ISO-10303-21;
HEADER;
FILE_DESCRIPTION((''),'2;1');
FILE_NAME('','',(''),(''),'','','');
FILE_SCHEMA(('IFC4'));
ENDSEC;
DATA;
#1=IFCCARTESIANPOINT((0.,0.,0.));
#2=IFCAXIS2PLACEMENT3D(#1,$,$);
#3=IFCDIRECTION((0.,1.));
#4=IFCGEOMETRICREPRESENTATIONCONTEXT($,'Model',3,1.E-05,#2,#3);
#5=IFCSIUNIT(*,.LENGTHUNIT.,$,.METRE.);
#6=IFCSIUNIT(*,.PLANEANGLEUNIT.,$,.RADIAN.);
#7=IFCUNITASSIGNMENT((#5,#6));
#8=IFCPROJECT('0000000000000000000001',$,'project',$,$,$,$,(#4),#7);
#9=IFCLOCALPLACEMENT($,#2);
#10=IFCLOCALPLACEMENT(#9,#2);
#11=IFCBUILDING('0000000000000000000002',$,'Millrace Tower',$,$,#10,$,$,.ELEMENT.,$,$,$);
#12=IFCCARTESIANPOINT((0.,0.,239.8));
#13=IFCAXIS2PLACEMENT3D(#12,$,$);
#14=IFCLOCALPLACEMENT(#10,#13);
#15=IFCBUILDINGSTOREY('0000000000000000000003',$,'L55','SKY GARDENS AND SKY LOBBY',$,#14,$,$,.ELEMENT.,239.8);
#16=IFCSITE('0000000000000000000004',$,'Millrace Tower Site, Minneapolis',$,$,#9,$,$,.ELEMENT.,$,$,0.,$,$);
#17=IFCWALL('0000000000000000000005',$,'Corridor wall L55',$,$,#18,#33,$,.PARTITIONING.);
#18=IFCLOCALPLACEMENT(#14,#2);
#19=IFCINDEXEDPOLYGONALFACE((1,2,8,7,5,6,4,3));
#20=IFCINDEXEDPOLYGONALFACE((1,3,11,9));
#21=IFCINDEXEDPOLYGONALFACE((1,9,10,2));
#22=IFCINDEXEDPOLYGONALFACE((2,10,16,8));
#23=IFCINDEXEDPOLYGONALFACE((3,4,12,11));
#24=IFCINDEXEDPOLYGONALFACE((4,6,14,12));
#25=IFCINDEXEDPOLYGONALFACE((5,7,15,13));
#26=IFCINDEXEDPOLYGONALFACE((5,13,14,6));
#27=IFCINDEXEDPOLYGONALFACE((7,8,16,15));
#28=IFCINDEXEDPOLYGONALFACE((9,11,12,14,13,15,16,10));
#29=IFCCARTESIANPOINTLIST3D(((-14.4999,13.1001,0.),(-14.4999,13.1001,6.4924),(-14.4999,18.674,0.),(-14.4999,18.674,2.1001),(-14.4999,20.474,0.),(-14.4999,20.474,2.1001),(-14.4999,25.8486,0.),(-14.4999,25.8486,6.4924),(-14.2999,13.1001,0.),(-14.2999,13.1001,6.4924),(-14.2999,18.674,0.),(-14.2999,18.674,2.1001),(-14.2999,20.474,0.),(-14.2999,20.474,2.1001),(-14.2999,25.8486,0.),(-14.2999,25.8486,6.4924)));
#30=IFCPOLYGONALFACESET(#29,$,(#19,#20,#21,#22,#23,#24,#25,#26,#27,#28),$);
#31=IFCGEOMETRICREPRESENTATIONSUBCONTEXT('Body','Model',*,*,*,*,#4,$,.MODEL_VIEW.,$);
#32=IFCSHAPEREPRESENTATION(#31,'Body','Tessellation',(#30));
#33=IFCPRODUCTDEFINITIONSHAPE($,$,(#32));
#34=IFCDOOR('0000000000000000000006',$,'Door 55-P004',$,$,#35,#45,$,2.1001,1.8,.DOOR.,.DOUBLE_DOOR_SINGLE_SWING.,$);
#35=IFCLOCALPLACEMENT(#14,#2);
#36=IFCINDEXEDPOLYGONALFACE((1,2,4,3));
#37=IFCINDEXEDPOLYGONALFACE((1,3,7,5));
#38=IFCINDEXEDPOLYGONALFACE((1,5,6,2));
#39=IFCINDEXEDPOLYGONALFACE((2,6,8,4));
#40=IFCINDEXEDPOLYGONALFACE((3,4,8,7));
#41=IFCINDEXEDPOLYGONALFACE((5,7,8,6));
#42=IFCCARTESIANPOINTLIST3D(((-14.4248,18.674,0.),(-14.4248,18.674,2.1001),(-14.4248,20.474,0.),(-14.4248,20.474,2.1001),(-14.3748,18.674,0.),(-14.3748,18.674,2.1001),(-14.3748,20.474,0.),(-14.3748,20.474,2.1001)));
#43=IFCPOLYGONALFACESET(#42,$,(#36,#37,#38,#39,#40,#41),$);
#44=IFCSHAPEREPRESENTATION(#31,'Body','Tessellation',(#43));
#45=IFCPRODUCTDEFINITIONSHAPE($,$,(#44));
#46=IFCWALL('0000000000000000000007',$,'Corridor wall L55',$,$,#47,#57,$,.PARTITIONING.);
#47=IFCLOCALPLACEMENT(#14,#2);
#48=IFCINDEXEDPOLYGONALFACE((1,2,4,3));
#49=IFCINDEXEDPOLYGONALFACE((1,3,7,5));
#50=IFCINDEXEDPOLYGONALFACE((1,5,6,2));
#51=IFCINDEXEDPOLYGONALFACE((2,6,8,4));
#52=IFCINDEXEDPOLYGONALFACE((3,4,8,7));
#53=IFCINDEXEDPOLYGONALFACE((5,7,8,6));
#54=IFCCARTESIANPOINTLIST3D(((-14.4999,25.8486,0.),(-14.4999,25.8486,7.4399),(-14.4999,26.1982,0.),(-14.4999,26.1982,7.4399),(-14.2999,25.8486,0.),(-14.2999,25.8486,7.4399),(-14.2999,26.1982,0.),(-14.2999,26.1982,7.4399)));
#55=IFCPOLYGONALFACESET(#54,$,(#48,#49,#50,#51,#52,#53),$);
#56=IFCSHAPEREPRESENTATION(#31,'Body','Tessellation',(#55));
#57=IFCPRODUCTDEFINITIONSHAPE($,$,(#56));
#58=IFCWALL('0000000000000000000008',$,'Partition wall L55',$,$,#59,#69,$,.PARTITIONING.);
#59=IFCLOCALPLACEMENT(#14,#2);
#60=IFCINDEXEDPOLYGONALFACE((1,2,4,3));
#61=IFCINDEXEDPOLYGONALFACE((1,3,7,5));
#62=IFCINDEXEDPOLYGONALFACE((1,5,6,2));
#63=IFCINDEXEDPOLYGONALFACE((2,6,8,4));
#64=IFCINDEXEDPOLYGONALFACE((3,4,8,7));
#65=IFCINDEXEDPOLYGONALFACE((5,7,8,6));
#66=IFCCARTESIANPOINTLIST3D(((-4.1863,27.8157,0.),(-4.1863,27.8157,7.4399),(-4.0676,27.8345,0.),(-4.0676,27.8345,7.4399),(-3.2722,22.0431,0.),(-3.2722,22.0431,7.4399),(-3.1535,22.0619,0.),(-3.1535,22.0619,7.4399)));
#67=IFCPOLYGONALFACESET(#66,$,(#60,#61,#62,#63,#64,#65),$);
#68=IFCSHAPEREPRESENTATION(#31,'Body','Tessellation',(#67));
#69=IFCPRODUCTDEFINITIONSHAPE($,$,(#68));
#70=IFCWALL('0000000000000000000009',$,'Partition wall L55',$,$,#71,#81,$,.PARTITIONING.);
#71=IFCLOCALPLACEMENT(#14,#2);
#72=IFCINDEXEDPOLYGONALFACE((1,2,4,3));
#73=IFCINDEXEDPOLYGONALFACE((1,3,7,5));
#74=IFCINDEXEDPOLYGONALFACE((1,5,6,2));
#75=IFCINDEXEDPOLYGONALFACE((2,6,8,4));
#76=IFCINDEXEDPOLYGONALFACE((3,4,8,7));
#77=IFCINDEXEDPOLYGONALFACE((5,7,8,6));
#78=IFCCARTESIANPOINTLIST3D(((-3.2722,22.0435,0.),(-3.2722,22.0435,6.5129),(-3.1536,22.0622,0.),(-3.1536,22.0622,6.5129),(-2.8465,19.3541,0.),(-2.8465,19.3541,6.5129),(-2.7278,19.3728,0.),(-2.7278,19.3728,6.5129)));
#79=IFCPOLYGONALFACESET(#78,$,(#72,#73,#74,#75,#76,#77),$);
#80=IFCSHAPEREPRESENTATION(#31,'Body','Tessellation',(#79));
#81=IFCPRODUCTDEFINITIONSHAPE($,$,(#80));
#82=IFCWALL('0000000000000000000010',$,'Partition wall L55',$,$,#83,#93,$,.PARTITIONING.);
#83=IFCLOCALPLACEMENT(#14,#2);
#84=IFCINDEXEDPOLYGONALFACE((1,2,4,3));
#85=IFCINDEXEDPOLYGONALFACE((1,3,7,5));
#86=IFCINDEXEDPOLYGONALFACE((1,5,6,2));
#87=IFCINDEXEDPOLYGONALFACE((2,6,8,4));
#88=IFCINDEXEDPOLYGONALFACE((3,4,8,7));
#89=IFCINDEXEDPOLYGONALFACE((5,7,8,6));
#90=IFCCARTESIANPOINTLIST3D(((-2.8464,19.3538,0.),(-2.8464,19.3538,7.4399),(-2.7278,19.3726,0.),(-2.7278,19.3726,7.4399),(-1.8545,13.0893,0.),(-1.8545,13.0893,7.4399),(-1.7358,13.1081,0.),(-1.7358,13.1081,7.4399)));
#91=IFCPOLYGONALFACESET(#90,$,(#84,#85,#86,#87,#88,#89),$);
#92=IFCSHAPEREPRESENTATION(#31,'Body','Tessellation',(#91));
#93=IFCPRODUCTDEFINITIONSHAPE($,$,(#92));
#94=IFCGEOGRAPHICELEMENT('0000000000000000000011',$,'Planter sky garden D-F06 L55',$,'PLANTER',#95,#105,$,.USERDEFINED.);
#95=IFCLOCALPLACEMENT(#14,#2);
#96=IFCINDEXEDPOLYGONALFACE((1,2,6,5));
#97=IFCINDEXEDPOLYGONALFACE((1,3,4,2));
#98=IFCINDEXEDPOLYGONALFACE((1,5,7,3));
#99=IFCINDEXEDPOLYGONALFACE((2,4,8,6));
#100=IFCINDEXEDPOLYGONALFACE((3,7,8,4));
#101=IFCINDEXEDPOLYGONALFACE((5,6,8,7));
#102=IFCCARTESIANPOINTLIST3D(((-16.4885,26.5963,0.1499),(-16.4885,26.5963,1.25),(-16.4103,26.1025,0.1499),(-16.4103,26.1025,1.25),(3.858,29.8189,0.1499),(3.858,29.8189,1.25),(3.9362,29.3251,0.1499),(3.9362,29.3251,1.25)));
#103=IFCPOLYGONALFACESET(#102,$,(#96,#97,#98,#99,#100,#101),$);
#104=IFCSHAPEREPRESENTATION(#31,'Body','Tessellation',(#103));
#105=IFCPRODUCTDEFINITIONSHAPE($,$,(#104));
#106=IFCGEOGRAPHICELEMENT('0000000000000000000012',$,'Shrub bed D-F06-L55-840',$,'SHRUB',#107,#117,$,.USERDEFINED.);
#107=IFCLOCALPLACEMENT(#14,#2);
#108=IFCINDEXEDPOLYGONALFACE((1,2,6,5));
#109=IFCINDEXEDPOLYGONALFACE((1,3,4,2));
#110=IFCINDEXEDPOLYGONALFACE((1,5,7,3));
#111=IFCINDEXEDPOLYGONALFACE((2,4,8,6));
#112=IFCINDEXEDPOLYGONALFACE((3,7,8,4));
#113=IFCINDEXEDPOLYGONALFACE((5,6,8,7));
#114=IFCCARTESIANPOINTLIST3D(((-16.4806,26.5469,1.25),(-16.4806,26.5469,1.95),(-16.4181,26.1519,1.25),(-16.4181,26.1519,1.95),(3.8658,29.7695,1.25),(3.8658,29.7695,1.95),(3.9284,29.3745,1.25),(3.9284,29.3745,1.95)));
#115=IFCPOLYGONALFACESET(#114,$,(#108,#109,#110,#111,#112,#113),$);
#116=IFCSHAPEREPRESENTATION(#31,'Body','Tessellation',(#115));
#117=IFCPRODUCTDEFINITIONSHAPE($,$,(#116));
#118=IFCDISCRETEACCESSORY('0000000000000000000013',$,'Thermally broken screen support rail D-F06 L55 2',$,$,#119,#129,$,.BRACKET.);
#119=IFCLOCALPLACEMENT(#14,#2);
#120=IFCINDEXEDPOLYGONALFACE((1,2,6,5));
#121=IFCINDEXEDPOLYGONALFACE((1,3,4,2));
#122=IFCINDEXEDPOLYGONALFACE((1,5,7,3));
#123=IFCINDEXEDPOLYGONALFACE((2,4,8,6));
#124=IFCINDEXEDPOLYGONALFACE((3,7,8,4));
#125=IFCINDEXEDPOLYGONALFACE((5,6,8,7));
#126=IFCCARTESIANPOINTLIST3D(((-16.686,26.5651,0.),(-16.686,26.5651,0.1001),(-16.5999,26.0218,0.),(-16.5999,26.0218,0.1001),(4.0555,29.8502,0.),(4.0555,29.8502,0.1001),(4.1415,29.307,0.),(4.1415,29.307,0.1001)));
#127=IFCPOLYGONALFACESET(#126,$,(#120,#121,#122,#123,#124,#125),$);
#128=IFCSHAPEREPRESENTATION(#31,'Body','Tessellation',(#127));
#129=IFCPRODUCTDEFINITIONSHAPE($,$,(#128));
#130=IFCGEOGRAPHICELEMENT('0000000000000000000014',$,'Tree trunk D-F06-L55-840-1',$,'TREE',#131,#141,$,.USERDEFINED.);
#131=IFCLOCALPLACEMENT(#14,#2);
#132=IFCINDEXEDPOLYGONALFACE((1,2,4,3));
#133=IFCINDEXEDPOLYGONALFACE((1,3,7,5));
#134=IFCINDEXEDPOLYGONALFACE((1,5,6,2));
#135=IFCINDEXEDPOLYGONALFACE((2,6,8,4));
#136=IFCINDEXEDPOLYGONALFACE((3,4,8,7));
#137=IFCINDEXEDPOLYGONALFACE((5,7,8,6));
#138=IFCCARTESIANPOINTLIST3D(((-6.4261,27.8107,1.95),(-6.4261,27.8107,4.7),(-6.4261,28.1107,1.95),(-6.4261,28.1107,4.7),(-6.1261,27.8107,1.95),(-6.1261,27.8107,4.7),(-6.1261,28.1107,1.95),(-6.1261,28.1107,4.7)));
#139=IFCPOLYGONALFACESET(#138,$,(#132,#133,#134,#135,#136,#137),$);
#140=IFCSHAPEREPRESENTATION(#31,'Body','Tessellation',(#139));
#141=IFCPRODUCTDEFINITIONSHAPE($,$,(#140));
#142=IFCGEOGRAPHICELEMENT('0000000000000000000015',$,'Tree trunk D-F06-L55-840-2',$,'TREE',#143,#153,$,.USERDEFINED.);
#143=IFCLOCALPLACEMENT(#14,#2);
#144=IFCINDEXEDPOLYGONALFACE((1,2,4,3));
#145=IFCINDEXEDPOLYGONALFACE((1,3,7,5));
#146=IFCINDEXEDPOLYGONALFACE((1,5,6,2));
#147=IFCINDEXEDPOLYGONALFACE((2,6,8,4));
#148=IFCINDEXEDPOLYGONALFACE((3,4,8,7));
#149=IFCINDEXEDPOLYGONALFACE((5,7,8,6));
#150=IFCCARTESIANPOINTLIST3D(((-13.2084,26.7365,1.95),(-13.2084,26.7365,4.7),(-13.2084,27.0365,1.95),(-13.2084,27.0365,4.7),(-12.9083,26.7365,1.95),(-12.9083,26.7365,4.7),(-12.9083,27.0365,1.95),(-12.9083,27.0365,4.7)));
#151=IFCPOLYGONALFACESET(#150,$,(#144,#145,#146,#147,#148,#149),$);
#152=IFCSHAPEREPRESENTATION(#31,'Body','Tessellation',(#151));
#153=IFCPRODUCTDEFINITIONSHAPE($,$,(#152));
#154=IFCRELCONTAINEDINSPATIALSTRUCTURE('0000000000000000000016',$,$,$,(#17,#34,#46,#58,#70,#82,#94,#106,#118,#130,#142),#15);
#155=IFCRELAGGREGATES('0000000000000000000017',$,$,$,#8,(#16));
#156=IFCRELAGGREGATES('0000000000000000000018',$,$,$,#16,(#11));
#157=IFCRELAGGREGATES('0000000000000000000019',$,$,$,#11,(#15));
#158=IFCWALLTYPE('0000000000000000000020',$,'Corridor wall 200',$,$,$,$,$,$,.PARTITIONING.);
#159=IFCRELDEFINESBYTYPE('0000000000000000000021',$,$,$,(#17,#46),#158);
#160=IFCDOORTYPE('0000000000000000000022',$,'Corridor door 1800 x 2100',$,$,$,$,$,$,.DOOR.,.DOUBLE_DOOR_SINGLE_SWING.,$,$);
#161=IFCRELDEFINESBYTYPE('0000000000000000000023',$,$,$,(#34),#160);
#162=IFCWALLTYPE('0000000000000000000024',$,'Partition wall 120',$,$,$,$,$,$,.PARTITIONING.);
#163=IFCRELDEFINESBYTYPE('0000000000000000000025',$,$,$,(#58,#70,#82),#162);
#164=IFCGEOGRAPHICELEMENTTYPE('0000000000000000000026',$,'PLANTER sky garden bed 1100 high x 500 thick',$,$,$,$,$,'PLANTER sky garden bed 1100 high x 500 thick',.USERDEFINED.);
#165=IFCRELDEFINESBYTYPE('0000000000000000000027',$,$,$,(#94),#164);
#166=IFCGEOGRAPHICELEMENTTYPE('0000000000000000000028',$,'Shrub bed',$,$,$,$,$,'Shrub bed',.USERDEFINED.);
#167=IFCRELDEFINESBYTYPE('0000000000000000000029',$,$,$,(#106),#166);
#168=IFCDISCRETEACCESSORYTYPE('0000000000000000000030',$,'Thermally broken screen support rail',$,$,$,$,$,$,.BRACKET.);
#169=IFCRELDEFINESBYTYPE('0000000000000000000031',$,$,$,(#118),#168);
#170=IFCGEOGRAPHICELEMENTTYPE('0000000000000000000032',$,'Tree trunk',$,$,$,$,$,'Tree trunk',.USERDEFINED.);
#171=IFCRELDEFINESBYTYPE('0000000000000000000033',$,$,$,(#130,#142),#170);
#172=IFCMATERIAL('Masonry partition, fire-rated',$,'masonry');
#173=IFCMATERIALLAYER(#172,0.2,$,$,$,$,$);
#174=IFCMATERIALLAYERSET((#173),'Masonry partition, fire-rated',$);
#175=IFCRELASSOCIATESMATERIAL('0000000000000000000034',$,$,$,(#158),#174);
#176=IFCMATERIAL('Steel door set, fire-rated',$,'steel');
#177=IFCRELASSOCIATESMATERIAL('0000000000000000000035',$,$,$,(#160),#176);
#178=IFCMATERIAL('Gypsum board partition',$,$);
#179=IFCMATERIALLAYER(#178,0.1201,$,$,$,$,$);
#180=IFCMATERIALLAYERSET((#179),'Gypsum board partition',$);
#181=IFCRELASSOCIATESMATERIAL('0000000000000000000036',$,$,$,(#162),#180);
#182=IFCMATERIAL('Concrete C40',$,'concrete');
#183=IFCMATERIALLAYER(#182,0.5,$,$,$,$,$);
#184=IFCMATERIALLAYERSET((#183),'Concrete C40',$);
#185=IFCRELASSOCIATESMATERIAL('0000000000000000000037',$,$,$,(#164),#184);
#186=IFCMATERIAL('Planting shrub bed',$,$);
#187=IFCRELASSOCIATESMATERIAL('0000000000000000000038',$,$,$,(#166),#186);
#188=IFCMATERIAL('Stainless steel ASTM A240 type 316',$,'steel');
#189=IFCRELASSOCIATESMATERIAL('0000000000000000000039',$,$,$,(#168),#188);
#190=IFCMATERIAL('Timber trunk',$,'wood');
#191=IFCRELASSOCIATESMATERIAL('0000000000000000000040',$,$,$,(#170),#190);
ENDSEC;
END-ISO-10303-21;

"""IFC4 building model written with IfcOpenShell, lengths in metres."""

from ifc_helpers import new_model, si_unit, direction, frame, frame_2d, origin, origin_2d, place, context, subcontext, project, spatial, rectangle, extrude, material, layer, layer_set, type_object, element, fill, save


model = new_model("IFC4")

# Units and contexts
model_context = context("Model", 3, precision=1e-05, world=origin(), true_north=direction((0.0, 1.0)))
body_context = subcontext(model_context, "Body", "Model", "MODEL_VIEW")
ifc_project = project(units=[si_unit("LENGTHUNIT", "METRE"), si_unit("PLANEANGLEUNIT", "RADIAN")], contexts=[model_context])

# Site, building, storey
site_placement = place(None, origin())
site = spatial("IfcSite", under=ifc_project, at=site_placement, Name="Millrace Tower Site, Minneapolis", CompositionType="ELEMENT", RefElevation=0.0)
building_placement = place(site_placement, origin())
building = spatial("IfcBuilding", under=site, at=building_placement, Name="Millrace Tower", CompositionType="ELEMENT")
storey_placement = place(building_placement, frame((0.0, 0.0, 239.8)))
storey = spatial("IfcBuildingStorey", under=building, at=storey_placement, Name="L55", Description="SKY GARDENS AND SKY LOBBY", CompositionType="ELEMENT", Elevation=239.8)

# Shared definitions
ifc_material_1 = material(Name="Masonry partition, fire-rated", Category="masonry")
ifc_layer_1 = layer(ifc_material_1, 0.2)
ifc_layer_set_1 = layer_set([ifc_layer_1], Name="Masonry partition, fire-rated")
wall_type_1 = type_object("IfcWallType", Name="Corridor wall 200", PredefinedType="PARTITIONING", material=ifc_layer_set_1)

# Wall, opening, door
wall_1_placement = place(storey_placement, frame((-14.3999, 13.1001, 0.0), z_axis=(0.0, 0.0, 1.0), x_axis=(0.0, 1.0, 0.0)))
wall_1 = element("IfcWall", 1, at=wall_1_placement, inside=storey, type_object=wall_type_1, Name="Corridor wall L55", PredefinedType="PARTITIONING", context=body_context, shape_type="SweptSolid", body=[
    extrude(rectangle(XDim=12.7485, YDim=0.2, at=frame_2d((6.3743, 0.0))), origin(), (0.0, 0.0, 1.0), 6.4924),
])
opening_1_placement = place(wall_1_placement, frame((5.574, 0.0, 0.0)))
opening_1 = element("IfcOpeningElement", 2, at=opening_1_placement, cuts=wall_1, PredefinedType="OPENING", context=body_context, shape_type="SweptSolid", body=[
    extrude(rectangle(XDim=1.8, YDim=2.1001, at=frame_2d((0.8999, 1.05))), frame((0.0, 0.1099, 0.0), z_axis=(0.0, -1.0, 0.0), x_axis=(1.0, 0.0, 0.0)), (0.0, 0.0, 1.0), 0.22),
])
ifc_material_2 = material(Name="Steel door set, fire-rated", Category="steel")
door_type_1 = type_object("IfcDoorType", Name="Corridor door 1800 x 2100", OperationType="DOUBLE_DOOR_SINGLE_SWING", PredefinedType="DOOR", material=ifc_material_2)
door_1_placement = place(opening_1_placement, origin())
door_1 = element("IfcDoor", 3, at=door_1_placement, inside=storey, type_object=door_type_1, Name="Door 55-P004", OperationType="DOUBLE_DOOR_SINGLE_SWING", OverallHeight=2.1001, OverallWidth=1.8, PredefinedType="DOOR", context=body_context, shape_type="SweptSolid", body=[
    extrude(rectangle(XDim=1.8, YDim=2.1001, at=frame_2d((0.8999, 1.05))), frame((0.0, 0.0249, 0.0), z_axis=(0.0, -1.0, 0.0), x_axis=(1.0, 0.0, 0.0)), (0.0, 0.0, 1.0), 0.05),
])
fill(opening_1, door_1)

# Walls
wall_2_placement = place(storey_placement, frame((-14.3999, 25.8486, 0.0), z_axis=(0.0, 0.0, 1.0), x_axis=(0.0, 1.0, 0.0)))
element("IfcWall", 4, at=wall_2_placement, inside=storey, type_object=wall_type_1, Name="Corridor wall L55", PredefinedType="PARTITIONING", context=body_context, shape_type="SweptSolid", body=[
    extrude(rectangle(XDim=0.3496, YDim=0.2, at=frame_2d((0.1748, 0.0))), origin(), (0.0, 0.0, 1.0), 7.4399),
])
ifc_material_3 = material(Name="Gypsum board partition")
ifc_layer_2 = layer(ifc_material_3, 0.1201)
ifc_layer_set_2 = layer_set([ifc_layer_2], Name="Gypsum board partition")
wall_type_2 = type_object("IfcWallType", Name="Partition wall 120", PredefinedType="PARTITIONING", material=ifc_layer_set_2)
wall_3_placement = place(storey_placement, frame((-4.127, 27.8252, 0.0), z_axis=(0.0, 0.0, 1.0), x_axis=(0.1564, -0.987694, 0.0)))
element("IfcWall", 5, at=wall_3_placement, inside=storey, type_object=wall_type_2, Name="Partition wall L55", PredefinedType="PARTITIONING", context=body_context, shape_type="SweptSolid", body=[
    extrude(rectangle(XDim=5.8445, YDim=0.1201, at=frame_2d((2.9224, 0.0))), origin(), (0.0, 0.0, 1.0), 7.4399),
])
wall_4_placement = place(storey_placement, frame((-3.2129, 22.0527, 0.0), z_axis=(0.0, 0.0, 1.0), x_axis=(0.156368, -0.987699, 0.0)))
element("IfcWall", 6, at=wall_4_placement, inside=storey, type_object=wall_type_2, Name="Partition wall L55", PredefinedType="PARTITIONING", context=body_context, shape_type="SweptSolid", body=[
    extrude(rectangle(XDim=2.7229, YDim=0.1201, at=frame_2d((1.3613, 0.0))), origin(), (0.0, 0.0, 1.0), 6.5129),
])
wall_5_placement = place(storey_placement, frame((-2.7871, 19.3633, 0.0), z_axis=(0.0, 0.0, 1.0), x_axis=(0.156397, -0.987694, 0.0)))
element("IfcWall", 7, at=wall_5_placement, inside=storey, type_object=wall_type_2, Name="Partition wall L55", PredefinedType="PARTITIONING", context=body_context, shape_type="SweptSolid", body=[
    extrude(rectangle(XDim=6.3425, YDim=0.1201, at=frame_2d((3.1714, 0.0))), origin(), (0.0, 0.0, 1.0), 7.4399),
])

# Geographic elements
ifc_material_4 = material(Name="Concrete C40", Category="concrete")
ifc_layer_3 = layer(ifc_material_4, 0.5)
ifc_layer_set_3 = layer_set([ifc_layer_3], Name="Concrete C40")
geographic_element_type_1 = type_object("IfcGeographicElementType", Name="PLANTER sky garden bed 1100 high x 500 thick", ElementType="PLANTER sky garden bed 1100 high x 500 thick", PredefinedType="USERDEFINED", material=ifc_layer_set_3)
geographic_element_1_placement = place(storey_placement, frame((-6.2761, 27.9607, 0.1499), z_axis=(0.0, 0.0, 1.0), x_axis=(-0.987688, -0.156434, 0.0)))
element("IfcGeographicElement", 8, at=geographic_element_1_placement, inside=storey, type_object=geographic_element_type_1, Name="Planter sky garden D-F06 L55", ObjectType="PLANTER", PredefinedType="USERDEFINED", context=body_context, shape_type="SweptSolid", body=[
    extrude(rectangle(XDim=20.6001, YDim=0.5, at=origin_2d()), origin(), (0.0, 0.0, 1.0), 1.1001),
])
ifc_material_5 = material(Name="Planting shrub bed")
geographic_element_type_2 = type_object("IfcGeographicElementType", Name="Shrub bed", ElementType="Shrub bed", PredefinedType="USERDEFINED", material=ifc_material_5)
geographic_element_2_placement = place(storey_placement, frame((-6.2761, 27.9607, 1.25), z_axis=(0.0, 0.0, 1.0), x_axis=(-0.987688, -0.156434, 0.0)))
element("IfcGeographicElement", 9, at=geographic_element_2_placement, inside=storey, type_object=geographic_element_type_2, Name="Shrub bed D-F06-L55-840", ObjectType="SHRUB", PredefinedType="USERDEFINED", context=body_context, shape_type="SweptSolid", body=[
    extrude(rectangle(XDim=20.6001, YDim=0.3999, at=origin_2d()), origin(), (0.0, 0.0, 1.0), 0.7),
])

# Discrete accessory
ifc_material_6 = material(Name="Stainless steel ASTM A240 type 316", Category="steel")
discrete_accessory_type = type_object("IfcDiscreteAccessoryType", Name="Thermally broken screen support rail", PredefinedType="BRACKET", material=ifc_material_6)
discrete_accessory_placement = place(storey_placement, frame((-6.2722, 27.936, 0.0), z_axis=(0.0, 0.0, 1.0), x_axis=(-0.987688, -0.156434, 0.0)))
element("IfcDiscreteAccessory", 10, at=discrete_accessory_placement, inside=storey, type_object=discrete_accessory_type, Name="Thermally broken screen support rail D-F06 L55 2", PredefinedType="BRACKET", context=body_context, shape_type="SweptSolid", body=[
    extrude(rectangle(XDim=21.0, YDim=0.55, at=origin_2d()), origin(), (0.0, 0.0, 1.0), 0.1001),
])

# Geographic elements
ifc_material_7 = material(Name="Timber trunk", Category="wood")
geographic_element_type_3 = type_object("IfcGeographicElementType", Name="Tree trunk", ElementType="Tree trunk", PredefinedType="USERDEFINED", material=ifc_material_7)
for number, where, z_axis, x_axis, name in (
    (11, (-6.2761, 27.9607, 1.95), (0.0, 0.0, 1.0), (1.0, 0.0, 0.0), "Tree trunk D-F06-L55-840-1"),
    (12, (-13.0583, 26.8865, 1.95), (0.0, 0.0, 1.0), (1.0, 0.0, 0.0), "Tree trunk D-F06-L55-840-2"),
):
    element("IfcGeographicElement", number, at=place(storey_placement, frame(where, z_axis=z_axis, x_axis=x_axis)), inside=storey, type_object=geographic_element_type_3, Name=name, ObjectType="TREE", PredefinedType="USERDEFINED", context=body_context, shape_type="SweptSolid", body=[
        extrude(rectangle(XDim=0.3, YDim=0.3, at=origin_2d()), origin(), (0.0, 0.0, 1.0), 2.75),
    ])

save(model, "model.ifc")
